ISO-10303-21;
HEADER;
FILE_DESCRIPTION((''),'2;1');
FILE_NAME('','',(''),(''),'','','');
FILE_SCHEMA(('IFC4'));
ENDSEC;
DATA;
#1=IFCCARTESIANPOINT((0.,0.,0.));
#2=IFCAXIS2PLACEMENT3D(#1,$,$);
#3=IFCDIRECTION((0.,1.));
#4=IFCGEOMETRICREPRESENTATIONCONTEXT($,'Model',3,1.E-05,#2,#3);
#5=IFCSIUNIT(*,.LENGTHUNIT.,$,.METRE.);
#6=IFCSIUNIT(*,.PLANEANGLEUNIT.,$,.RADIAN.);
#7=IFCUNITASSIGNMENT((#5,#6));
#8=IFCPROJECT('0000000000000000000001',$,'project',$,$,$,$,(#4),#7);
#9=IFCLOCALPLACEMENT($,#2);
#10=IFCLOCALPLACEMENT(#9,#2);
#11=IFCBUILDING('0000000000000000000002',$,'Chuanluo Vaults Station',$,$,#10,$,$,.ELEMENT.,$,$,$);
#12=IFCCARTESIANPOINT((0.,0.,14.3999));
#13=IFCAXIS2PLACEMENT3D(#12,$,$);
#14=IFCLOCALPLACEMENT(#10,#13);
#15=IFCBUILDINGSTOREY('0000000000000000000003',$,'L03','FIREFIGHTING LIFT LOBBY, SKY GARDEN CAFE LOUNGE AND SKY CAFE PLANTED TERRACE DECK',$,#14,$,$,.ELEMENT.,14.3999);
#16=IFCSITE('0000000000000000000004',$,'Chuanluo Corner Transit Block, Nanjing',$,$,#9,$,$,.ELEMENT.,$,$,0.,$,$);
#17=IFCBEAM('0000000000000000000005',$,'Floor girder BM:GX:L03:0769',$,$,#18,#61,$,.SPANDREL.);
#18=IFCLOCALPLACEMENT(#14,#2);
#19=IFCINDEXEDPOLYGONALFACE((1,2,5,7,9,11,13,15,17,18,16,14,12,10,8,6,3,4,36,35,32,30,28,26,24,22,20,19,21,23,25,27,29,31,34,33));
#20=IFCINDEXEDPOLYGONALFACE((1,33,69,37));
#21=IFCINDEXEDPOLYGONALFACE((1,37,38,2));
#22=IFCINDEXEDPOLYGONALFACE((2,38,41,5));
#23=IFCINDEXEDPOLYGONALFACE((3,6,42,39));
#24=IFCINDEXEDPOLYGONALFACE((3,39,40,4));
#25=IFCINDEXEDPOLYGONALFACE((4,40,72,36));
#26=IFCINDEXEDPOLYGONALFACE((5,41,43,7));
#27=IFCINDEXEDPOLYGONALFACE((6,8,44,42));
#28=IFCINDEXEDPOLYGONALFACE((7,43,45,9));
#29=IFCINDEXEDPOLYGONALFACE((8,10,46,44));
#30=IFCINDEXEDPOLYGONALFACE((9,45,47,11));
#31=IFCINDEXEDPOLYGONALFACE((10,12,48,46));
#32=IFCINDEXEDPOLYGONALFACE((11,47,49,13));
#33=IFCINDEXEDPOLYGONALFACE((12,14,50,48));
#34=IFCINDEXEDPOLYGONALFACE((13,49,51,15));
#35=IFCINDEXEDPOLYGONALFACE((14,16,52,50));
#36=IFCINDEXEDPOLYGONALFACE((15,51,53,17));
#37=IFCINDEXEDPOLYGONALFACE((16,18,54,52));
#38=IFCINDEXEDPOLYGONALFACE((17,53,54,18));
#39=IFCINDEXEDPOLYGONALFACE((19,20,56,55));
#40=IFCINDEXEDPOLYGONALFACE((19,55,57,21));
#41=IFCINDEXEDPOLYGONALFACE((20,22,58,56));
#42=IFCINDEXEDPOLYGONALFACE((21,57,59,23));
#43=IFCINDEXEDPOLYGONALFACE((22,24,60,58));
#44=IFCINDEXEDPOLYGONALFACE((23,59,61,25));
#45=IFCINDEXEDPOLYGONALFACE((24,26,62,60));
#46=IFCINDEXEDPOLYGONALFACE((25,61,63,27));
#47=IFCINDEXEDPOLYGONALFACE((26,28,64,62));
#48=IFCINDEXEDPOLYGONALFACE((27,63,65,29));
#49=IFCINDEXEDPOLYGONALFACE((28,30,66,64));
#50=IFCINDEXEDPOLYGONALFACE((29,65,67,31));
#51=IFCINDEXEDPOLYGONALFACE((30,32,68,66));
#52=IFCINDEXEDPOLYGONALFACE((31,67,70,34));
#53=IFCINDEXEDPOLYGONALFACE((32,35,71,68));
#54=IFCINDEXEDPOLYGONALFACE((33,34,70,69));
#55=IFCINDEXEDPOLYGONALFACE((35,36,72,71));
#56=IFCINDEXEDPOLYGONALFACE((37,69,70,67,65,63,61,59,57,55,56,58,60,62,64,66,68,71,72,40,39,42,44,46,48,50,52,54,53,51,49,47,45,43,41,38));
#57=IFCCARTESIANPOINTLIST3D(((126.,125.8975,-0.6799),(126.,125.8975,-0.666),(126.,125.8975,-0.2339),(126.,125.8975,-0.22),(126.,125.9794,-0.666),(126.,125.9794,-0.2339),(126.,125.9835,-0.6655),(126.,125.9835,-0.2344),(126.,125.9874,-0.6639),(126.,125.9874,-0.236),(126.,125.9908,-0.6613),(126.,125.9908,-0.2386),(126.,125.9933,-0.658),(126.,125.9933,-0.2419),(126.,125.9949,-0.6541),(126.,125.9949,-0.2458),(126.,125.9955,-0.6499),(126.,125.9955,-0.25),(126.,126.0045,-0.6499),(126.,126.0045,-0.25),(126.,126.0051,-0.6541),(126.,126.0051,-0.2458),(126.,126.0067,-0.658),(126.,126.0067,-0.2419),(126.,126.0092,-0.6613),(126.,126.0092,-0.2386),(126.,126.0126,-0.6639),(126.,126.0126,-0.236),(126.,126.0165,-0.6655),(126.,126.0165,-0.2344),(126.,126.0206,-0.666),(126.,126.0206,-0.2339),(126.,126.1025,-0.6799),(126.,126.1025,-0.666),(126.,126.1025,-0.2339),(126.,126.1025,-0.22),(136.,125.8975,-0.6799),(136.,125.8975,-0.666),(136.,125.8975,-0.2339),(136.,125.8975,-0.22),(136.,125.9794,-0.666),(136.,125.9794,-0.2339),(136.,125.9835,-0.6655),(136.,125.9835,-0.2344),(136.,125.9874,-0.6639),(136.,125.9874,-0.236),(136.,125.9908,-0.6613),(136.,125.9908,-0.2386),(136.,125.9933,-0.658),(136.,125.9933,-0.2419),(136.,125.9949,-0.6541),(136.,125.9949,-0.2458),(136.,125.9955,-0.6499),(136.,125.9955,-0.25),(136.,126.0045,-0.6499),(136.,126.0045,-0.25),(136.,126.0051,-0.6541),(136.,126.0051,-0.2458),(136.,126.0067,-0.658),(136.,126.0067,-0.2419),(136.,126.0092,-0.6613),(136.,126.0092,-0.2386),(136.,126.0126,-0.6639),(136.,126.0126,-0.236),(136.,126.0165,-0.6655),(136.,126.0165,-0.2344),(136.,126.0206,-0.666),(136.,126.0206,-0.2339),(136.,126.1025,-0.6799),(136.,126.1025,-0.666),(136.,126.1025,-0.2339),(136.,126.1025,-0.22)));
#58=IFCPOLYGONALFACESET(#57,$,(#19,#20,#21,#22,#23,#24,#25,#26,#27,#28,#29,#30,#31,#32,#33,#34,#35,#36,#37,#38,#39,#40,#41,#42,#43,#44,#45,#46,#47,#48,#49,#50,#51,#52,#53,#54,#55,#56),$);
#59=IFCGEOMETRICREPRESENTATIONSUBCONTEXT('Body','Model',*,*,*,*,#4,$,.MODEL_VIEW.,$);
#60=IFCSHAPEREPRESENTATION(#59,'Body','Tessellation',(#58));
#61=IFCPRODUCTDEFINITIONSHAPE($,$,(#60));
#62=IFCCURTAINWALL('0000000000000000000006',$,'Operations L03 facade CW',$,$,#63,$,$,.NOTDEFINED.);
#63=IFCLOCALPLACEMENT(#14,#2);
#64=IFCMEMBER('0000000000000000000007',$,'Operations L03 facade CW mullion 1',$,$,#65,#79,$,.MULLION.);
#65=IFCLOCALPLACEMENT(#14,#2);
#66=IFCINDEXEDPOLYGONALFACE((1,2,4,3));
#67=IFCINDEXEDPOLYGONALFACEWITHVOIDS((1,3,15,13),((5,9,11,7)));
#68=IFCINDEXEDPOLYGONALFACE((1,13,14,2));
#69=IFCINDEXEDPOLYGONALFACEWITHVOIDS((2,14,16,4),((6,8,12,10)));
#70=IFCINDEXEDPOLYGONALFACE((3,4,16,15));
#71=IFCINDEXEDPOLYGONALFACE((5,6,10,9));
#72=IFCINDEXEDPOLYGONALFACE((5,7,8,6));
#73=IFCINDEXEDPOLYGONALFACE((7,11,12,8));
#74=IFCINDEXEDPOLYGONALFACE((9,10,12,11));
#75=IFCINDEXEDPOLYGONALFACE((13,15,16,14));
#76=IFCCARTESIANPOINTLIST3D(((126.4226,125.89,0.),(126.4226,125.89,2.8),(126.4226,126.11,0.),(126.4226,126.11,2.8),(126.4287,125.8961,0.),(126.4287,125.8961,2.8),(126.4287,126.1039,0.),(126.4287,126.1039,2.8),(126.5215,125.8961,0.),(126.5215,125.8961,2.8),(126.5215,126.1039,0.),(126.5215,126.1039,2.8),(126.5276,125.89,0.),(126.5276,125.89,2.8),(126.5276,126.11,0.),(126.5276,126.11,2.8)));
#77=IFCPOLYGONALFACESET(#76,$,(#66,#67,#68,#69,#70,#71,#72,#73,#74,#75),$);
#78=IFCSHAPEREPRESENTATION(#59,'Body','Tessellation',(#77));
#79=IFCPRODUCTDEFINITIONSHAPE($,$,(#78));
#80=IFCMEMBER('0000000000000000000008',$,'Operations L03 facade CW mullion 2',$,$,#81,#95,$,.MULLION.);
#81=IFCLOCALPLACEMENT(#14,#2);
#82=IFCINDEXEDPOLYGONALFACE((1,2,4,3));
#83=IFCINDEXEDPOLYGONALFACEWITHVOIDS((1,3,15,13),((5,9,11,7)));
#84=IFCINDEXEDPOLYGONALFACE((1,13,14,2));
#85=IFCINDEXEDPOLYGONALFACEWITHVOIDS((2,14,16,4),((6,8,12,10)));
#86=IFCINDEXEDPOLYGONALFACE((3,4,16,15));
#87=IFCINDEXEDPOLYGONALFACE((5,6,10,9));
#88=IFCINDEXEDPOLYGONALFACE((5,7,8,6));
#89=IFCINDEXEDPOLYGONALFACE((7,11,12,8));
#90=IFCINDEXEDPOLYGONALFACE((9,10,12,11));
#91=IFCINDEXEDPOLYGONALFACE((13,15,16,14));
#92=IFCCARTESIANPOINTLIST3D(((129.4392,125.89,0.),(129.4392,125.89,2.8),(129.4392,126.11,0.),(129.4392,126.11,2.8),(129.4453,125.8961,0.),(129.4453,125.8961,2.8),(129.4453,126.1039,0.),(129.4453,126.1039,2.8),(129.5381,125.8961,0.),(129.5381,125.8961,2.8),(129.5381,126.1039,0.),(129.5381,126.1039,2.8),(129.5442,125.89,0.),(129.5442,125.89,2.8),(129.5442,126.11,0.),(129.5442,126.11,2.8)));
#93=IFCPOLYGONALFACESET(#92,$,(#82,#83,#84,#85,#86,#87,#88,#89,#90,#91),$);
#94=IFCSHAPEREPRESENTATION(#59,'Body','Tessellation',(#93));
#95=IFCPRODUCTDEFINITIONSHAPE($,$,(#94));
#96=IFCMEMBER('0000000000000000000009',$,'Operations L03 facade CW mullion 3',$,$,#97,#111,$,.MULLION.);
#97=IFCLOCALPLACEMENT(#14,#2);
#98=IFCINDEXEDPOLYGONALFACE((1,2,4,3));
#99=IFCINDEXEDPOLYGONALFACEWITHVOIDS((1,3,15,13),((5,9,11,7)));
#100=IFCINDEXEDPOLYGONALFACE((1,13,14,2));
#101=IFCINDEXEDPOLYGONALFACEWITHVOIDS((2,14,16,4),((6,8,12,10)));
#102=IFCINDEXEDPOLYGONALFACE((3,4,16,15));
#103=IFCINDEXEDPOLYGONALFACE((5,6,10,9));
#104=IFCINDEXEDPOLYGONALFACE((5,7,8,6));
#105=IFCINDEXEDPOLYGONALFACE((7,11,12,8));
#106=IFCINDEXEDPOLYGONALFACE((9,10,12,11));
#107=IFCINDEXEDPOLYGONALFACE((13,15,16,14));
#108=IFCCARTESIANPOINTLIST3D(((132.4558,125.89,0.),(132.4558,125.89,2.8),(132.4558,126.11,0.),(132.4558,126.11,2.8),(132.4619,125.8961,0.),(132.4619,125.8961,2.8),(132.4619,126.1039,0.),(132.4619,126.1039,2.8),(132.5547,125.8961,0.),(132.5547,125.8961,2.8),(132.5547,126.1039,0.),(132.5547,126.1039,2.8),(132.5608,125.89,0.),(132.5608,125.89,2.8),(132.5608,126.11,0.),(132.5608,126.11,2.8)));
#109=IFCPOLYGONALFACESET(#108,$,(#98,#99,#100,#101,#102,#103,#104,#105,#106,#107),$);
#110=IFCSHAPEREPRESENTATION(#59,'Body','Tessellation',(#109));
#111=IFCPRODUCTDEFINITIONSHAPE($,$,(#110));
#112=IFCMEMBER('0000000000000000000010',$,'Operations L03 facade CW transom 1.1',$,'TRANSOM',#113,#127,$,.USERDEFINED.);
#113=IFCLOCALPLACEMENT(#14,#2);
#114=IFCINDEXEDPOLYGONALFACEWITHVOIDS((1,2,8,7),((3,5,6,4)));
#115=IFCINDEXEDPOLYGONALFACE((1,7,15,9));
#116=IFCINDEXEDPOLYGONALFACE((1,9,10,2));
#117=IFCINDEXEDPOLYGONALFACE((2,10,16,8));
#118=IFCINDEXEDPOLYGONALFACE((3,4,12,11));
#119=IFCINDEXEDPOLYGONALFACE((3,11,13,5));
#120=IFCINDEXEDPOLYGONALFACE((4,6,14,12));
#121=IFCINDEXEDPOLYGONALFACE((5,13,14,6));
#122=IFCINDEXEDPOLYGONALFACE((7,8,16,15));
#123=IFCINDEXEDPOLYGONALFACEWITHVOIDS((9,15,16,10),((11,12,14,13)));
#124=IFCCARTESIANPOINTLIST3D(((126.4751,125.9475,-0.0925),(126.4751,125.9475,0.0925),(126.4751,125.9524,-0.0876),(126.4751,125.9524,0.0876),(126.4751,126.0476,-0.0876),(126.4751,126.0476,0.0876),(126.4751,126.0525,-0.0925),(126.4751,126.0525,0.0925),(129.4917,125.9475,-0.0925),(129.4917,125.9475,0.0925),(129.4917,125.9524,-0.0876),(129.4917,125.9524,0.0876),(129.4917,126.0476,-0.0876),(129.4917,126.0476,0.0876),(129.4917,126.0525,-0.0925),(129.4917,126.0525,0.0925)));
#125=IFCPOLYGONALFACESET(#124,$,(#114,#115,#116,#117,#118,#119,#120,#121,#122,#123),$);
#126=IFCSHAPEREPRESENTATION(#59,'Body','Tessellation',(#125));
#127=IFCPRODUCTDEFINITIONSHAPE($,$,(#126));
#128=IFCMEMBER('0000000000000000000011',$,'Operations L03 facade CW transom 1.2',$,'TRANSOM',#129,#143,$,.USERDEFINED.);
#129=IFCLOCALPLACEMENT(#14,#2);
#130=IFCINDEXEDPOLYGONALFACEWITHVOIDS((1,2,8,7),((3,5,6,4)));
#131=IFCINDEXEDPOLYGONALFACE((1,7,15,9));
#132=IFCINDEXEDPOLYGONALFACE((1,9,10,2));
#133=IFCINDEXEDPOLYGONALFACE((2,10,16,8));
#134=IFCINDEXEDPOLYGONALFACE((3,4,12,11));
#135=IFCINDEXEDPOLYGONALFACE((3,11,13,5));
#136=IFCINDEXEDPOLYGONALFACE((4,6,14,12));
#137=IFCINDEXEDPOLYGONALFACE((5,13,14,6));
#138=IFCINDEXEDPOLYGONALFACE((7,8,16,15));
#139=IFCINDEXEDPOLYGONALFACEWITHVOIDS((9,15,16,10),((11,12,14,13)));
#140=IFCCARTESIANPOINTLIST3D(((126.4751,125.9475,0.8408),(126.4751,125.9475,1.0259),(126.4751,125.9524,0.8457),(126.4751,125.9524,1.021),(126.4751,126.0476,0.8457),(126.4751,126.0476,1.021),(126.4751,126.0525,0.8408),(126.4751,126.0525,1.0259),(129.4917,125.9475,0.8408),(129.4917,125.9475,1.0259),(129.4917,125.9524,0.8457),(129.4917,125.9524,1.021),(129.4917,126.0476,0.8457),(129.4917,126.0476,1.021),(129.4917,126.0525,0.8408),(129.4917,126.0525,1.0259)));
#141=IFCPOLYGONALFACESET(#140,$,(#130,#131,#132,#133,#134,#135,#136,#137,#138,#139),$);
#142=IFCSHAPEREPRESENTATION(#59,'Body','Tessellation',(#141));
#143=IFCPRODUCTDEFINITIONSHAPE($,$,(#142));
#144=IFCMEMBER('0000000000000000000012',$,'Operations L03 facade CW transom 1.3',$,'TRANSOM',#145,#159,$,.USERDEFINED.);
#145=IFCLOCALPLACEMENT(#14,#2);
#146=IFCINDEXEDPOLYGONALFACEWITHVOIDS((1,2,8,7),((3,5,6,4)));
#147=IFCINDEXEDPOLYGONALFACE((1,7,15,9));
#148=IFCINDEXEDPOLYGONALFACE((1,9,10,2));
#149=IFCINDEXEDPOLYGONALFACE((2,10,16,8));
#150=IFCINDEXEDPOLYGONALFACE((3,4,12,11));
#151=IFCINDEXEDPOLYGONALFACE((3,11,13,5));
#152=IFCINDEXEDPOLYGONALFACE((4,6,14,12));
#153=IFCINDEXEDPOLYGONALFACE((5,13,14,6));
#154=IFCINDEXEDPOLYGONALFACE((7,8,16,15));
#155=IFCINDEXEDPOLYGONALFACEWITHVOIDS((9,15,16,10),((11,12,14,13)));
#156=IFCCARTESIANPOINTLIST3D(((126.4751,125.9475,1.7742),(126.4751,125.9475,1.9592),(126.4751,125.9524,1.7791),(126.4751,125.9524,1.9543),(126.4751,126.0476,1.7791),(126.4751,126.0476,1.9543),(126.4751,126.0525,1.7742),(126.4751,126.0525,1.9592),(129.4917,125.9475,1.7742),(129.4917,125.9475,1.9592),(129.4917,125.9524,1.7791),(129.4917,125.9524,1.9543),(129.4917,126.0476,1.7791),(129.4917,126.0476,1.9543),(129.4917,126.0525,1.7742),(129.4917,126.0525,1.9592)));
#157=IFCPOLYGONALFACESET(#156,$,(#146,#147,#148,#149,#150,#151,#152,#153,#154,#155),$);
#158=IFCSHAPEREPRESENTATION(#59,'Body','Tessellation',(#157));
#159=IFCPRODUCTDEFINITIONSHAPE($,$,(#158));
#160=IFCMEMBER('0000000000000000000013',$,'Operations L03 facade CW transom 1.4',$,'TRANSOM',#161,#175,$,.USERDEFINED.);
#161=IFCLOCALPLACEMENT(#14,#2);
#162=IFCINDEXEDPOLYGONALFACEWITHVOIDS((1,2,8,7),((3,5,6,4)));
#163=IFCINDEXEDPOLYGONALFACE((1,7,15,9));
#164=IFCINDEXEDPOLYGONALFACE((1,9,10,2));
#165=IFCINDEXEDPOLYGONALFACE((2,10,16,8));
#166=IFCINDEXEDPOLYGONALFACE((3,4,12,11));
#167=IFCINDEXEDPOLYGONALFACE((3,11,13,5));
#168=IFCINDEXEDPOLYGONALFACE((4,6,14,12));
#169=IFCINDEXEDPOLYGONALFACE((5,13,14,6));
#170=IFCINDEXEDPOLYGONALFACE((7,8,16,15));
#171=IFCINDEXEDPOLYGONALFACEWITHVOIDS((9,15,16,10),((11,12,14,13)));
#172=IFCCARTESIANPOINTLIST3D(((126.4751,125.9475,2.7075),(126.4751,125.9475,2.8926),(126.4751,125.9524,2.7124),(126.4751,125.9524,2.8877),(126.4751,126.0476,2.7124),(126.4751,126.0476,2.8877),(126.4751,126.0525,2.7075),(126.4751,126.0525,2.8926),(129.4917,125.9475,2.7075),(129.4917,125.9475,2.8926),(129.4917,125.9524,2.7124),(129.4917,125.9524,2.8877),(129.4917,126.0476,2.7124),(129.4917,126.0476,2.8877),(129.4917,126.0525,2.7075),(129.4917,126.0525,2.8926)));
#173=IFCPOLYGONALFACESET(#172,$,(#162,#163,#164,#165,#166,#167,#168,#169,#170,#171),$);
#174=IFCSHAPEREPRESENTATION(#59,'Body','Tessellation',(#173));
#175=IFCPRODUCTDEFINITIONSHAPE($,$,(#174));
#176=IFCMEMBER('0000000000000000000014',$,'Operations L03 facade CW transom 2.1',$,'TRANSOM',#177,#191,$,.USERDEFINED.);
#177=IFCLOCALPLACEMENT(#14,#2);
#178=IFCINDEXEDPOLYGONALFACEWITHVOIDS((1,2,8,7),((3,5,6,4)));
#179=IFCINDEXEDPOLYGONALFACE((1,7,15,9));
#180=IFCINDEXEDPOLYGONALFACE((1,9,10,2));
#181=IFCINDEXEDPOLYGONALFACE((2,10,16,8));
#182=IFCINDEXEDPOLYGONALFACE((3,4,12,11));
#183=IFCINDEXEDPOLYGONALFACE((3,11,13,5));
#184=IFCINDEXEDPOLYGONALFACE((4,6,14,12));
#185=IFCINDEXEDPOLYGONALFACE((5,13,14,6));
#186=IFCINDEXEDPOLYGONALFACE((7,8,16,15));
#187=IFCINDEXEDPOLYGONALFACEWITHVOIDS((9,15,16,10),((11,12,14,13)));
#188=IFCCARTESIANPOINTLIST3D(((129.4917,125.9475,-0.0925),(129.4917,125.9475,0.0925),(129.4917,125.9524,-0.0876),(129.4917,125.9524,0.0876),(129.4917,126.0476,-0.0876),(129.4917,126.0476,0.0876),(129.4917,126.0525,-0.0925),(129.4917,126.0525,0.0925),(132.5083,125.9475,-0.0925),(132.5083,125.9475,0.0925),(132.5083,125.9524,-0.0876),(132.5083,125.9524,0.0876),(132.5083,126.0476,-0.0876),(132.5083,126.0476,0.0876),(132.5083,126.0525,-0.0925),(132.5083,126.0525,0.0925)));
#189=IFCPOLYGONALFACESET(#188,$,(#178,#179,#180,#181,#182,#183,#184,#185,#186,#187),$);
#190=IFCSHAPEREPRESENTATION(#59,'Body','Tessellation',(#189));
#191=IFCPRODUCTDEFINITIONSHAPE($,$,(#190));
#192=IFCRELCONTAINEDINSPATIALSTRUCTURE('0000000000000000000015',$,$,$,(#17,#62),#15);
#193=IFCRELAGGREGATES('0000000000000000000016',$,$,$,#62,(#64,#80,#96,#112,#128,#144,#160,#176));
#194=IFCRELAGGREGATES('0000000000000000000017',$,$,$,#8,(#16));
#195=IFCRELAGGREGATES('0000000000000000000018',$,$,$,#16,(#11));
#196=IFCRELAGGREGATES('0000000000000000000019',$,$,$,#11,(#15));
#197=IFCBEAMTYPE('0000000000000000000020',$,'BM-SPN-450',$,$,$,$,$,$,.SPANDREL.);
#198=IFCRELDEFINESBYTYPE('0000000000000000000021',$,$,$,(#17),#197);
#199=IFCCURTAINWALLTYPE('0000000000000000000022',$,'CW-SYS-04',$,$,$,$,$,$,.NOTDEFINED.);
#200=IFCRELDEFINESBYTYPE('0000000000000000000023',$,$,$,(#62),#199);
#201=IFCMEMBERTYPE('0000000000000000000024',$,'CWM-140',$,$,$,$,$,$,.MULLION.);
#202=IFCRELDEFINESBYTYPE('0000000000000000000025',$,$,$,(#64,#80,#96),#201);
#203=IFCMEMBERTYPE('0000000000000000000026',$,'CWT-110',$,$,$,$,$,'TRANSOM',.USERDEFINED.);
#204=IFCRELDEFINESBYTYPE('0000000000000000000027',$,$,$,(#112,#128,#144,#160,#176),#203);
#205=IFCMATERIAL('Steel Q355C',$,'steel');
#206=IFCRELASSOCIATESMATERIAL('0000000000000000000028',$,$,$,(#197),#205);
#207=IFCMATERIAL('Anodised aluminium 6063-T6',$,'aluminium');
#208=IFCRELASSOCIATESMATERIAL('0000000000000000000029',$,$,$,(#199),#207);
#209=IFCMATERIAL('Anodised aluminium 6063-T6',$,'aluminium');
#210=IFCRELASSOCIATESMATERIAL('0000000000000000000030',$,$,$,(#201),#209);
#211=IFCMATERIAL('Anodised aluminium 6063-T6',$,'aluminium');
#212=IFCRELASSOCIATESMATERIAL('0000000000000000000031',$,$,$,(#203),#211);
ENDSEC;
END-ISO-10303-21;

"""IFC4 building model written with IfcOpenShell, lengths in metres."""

from ifc_helpers import new_model, si_unit, direction, frame, origin, origin_2d, place, context, subcontext, project, spatial, hollow_rectangle, i_section, extrude, material, material_profile, profile_set, type_object, element, aggregate, save


model = new_model("IFC4")

# Units and contexts
model_context = context("Model", 3, precision=1e-05, world=origin(), true_north=direction((0.0, 1.0)))
body_context = subcontext(model_context, "Body", "Model", "MODEL_VIEW")
ifc_project = project(units=[si_unit("LENGTHUNIT", "METRE"), si_unit("PLANEANGLEUNIT", "RADIAN")], contexts=[model_context])

# Site, building, storey
site_placement = place(None, origin())
site = spatial("IfcSite", under=ifc_project, at=site_placement, Name="Chuanluo Corner Transit Block, Nanjing", CompositionType="ELEMENT", RefElevation=0.0)
building_placement = place(site_placement, origin())
building = spatial("IfcBuilding", under=site, at=building_placement, Name="Chuanluo Vaults Station", CompositionType="ELEMENT")
storey_placement = place(building_placement, frame((0.0, 0.0, 14.3999)))
storey = spatial("IfcBuildingStorey", under=building, at=storey_placement, Name="L03", Description="FIREFIGHTING LIFT LOBBY, SKY GARDEN CAFE LOUNGE AND SKY CAFE PLANTED TERRACE DECK", CompositionType="ELEMENT", Elevation=14.3999)

# Beam
ifc_material_1 = material(Name="Steel Q355C", Category="steel")
ifc_material_profile_1 = material_profile(ifc_material_1, i_section(OverallWidth=0.2051, OverallDepth=0.46, WebThickness=0.009, FlangeThickness=0.0139, FilletRadius=0.0161, at=origin_2d()))
ifc_profile_set_1 = profile_set([ifc_material_profile_1], Name="Steel Q355C")
beam_type = type_object("IfcBeamType", Name="BM-SPN-450", PredefinedType="SPANDREL", material=ifc_profile_set_1)
beam_placement = place(storey_placement, frame((126.0, 126.0, -0.45), z_axis=(1.0, 0.0, 0.0), x_axis=(0.0, 1.0, 0.0)))
element("IfcBeam", 1, at=beam_placement, inside=storey, type_object=beam_type, Name="Floor girder BM:GX:L03:0769", PredefinedType="SPANDREL", context=body_context, shape_type="SweptSolid", body=[
    extrude(i_section(OverallWidth=0.2051, OverallDepth=0.46, WebThickness=0.009, FlangeThickness=0.0139, FilletRadius=0.0161, at=origin_2d()), origin(), (0.0, 0.0, 1.0), 10.0),
])

# Curtain wall, members
ifc_material_2 = material(Name="Anodised aluminium 6063-T6", Category="aluminium")
curtain_wall_type = type_object("IfcCurtainWallType", Name="CW-SYS-04", PredefinedType="NOTDEFINED", material=ifc_material_2)
curtain_wall_placement = place(storey_placement, origin())
curtain_wall = element("IfcCurtainWall", 2, at=curtain_wall_placement, inside=storey, type_object=curtain_wall_type, Name="Operations L03 facade CW", PredefinedType="NOTDEFINED")
ifc_material_3 = material(Name="Anodised aluminium 6063-T6", Category="aluminium")
ifc_material_profile_2 = material_profile(ifc_material_3, hollow_rectangle(XDim=0.105, YDim=0.22, WallThickness=0.0061, at=origin_2d()))
ifc_profile_set_2 = profile_set([ifc_material_profile_2], Name="Anodised aluminium 6063-T6")
member_type_1 = type_object("IfcMemberType", Name="CWM-140", PredefinedType="MULLION", material=ifc_profile_set_2)
member_1_placement = place(storey_placement, frame((126.4751, 126.0, 0.0), z_axis=(0.0, 0.0, 1.0), x_axis=(1.0, 0.0, 0.0)))
member_1 = element("IfcMember", 3, at=member_1_placement, type_object=member_type_1, Name="Operations L03 facade CW mullion 1", PredefinedType="MULLION", context=body_context, shape_type="SweptSolid", body=[
    extrude(hollow_rectangle(XDim=0.105, YDim=0.22, WallThickness=0.0061, at=origin_2d()), origin(), (0.0, 0.0, 1.0), 2.8),
])
member_2_placement = place(storey_placement, frame((129.4917, 126.0, 0.0), z_axis=(0.0, 0.0, 1.0), x_axis=(1.0, 0.0, 0.0)))
member_2 = element("IfcMember", 4, at=member_2_placement, type_object=member_type_1, Name="Operations L03 facade CW mullion 2", PredefinedType="MULLION", context=body_context, shape_type="SweptSolid", body=[
    extrude(hollow_rectangle(XDim=0.105, YDim=0.22, WallThickness=0.0061, at=origin_2d()), origin(), (0.0, 0.0, 1.0), 2.8),
])
member_3_placement = place(storey_placement, frame((132.5083, 126.0, 0.0), z_axis=(0.0, 0.0, 1.0), x_axis=(1.0, 0.0, 0.0)))
member_3 = element("IfcMember", 5, at=member_3_placement, type_object=member_type_1, Name="Operations L03 facade CW mullion 3", PredefinedType="MULLION", context=body_context, shape_type="SweptSolid", body=[
    extrude(hollow_rectangle(XDim=0.105, YDim=0.22, WallThickness=0.0061, at=origin_2d()), origin(), (0.0, 0.0, 1.0), 2.8),
])
ifc_material_4 = material(Name="Anodised aluminium 6063-T6", Category="aluminium")
ifc_material_profile_3 = material_profile(ifc_material_4, hollow_rectangle(XDim=0.105, YDim=0.1851, WallThickness=0.0049, at=origin_2d()))
ifc_profile_set_3 = profile_set([ifc_material_profile_3], Name="Anodised aluminium 6063-T6")
member_type_2 = type_object("IfcMemberType", Name="CWT-110", ElementType="TRANSOM", PredefinedType="USERDEFINED", material=ifc_profile_set_3)
member_4_placement = place(storey_placement, frame((126.4751, 126.0, 0.0), z_axis=(1.0, 0.0, 0.0), x_axis=(0.0, 1.0, 0.0)))
member_4 = element("IfcMember", 6, at=member_4_placement, type_object=member_type_2, Name="Operations L03 facade CW transom 1.1", ObjectType="TRANSOM", PredefinedType="USERDEFINED", context=body_context, shape_type="SweptSolid", body=[
    extrude(hollow_rectangle(XDim=0.105, YDim=0.1851, WallThickness=0.0049, at=origin_2d()), origin(), (0.0, 0.0, 1.0), 3.0166),
])
member_5_placement = place(storey_placement, frame((126.4751, 126.0, 0.9333), z_axis=(1.0, 0.0, 0.0), x_axis=(0.0, 1.0, 0.0)))
member_5 = element("IfcMember", 7, at=member_5_placement, type_object=member_type_2, Name="Operations L03 facade CW transom 1.2", ObjectType="TRANSOM", PredefinedType="USERDEFINED", context=body_context, shape_type="SweptSolid", body=[
    extrude(hollow_rectangle(XDim=0.105, YDim=0.1851, WallThickness=0.0049, at=origin_2d()), origin(), (0.0, 0.0, 1.0), 3.0166),
])
member_6_placement = place(storey_placement, frame((126.4751, 126.0, 1.8667), z_axis=(1.0, 0.0, 0.0), x_axis=(0.0, 1.0, 0.0)))
member_6 = element("IfcMember", 8, at=member_6_placement, type_object=member_type_2, Name="Operations L03 facade CW transom 1.3", ObjectType="TRANSOM", PredefinedType="USERDEFINED", context=body_context, shape_type="SweptSolid", body=[
    extrude(hollow_rectangle(XDim=0.105, YDim=0.1851, WallThickness=0.0049, at=origin_2d()), origin(), (0.0, 0.0, 1.0), 3.0166),
])
member_7_placement = place(storey_placement, frame((126.4751, 126.0, 2.8), z_axis=(1.0, 0.0, 0.0), x_axis=(0.0, 1.0, 0.0)))
member_7 = element("IfcMember", 9, at=member_7_placement, type_object=member_type_2, Name="Operations L03 facade CW transom 1.4", ObjectType="TRANSOM", PredefinedType="USERDEFINED", context=body_context, shape_type="SweptSolid", body=[
    extrude(hollow_rectangle(XDim=0.105, YDim=0.1851, WallThickness=0.0049, at=origin_2d()), origin(), (0.0, 0.0, 1.0), 3.0166),
])
member_8_placement = place(storey_placement, frame((129.4917, 126.0, 0.0), z_axis=(1.0, 0.0, 0.0), x_axis=(0.0, 1.0, 0.0)))
member_8 = element("IfcMember", 10, at=member_8_placement, type_object=member_type_2, Name="Operations L03 facade CW transom 2.1", ObjectType="TRANSOM", PredefinedType="USERDEFINED", context=body_context, shape_type="SweptSolid", body=[
    extrude(hollow_rectangle(XDim=0.105, YDim=0.1851, WallThickness=0.0049, at=origin_2d()), origin(), (0.0, 0.0, 1.0), 3.0166),
])
aggregate(curtain_wall, [member_1, member_2, member_3, member_4, member_5, member_6, member_7, member_8])

save(model, "model.ifc")
